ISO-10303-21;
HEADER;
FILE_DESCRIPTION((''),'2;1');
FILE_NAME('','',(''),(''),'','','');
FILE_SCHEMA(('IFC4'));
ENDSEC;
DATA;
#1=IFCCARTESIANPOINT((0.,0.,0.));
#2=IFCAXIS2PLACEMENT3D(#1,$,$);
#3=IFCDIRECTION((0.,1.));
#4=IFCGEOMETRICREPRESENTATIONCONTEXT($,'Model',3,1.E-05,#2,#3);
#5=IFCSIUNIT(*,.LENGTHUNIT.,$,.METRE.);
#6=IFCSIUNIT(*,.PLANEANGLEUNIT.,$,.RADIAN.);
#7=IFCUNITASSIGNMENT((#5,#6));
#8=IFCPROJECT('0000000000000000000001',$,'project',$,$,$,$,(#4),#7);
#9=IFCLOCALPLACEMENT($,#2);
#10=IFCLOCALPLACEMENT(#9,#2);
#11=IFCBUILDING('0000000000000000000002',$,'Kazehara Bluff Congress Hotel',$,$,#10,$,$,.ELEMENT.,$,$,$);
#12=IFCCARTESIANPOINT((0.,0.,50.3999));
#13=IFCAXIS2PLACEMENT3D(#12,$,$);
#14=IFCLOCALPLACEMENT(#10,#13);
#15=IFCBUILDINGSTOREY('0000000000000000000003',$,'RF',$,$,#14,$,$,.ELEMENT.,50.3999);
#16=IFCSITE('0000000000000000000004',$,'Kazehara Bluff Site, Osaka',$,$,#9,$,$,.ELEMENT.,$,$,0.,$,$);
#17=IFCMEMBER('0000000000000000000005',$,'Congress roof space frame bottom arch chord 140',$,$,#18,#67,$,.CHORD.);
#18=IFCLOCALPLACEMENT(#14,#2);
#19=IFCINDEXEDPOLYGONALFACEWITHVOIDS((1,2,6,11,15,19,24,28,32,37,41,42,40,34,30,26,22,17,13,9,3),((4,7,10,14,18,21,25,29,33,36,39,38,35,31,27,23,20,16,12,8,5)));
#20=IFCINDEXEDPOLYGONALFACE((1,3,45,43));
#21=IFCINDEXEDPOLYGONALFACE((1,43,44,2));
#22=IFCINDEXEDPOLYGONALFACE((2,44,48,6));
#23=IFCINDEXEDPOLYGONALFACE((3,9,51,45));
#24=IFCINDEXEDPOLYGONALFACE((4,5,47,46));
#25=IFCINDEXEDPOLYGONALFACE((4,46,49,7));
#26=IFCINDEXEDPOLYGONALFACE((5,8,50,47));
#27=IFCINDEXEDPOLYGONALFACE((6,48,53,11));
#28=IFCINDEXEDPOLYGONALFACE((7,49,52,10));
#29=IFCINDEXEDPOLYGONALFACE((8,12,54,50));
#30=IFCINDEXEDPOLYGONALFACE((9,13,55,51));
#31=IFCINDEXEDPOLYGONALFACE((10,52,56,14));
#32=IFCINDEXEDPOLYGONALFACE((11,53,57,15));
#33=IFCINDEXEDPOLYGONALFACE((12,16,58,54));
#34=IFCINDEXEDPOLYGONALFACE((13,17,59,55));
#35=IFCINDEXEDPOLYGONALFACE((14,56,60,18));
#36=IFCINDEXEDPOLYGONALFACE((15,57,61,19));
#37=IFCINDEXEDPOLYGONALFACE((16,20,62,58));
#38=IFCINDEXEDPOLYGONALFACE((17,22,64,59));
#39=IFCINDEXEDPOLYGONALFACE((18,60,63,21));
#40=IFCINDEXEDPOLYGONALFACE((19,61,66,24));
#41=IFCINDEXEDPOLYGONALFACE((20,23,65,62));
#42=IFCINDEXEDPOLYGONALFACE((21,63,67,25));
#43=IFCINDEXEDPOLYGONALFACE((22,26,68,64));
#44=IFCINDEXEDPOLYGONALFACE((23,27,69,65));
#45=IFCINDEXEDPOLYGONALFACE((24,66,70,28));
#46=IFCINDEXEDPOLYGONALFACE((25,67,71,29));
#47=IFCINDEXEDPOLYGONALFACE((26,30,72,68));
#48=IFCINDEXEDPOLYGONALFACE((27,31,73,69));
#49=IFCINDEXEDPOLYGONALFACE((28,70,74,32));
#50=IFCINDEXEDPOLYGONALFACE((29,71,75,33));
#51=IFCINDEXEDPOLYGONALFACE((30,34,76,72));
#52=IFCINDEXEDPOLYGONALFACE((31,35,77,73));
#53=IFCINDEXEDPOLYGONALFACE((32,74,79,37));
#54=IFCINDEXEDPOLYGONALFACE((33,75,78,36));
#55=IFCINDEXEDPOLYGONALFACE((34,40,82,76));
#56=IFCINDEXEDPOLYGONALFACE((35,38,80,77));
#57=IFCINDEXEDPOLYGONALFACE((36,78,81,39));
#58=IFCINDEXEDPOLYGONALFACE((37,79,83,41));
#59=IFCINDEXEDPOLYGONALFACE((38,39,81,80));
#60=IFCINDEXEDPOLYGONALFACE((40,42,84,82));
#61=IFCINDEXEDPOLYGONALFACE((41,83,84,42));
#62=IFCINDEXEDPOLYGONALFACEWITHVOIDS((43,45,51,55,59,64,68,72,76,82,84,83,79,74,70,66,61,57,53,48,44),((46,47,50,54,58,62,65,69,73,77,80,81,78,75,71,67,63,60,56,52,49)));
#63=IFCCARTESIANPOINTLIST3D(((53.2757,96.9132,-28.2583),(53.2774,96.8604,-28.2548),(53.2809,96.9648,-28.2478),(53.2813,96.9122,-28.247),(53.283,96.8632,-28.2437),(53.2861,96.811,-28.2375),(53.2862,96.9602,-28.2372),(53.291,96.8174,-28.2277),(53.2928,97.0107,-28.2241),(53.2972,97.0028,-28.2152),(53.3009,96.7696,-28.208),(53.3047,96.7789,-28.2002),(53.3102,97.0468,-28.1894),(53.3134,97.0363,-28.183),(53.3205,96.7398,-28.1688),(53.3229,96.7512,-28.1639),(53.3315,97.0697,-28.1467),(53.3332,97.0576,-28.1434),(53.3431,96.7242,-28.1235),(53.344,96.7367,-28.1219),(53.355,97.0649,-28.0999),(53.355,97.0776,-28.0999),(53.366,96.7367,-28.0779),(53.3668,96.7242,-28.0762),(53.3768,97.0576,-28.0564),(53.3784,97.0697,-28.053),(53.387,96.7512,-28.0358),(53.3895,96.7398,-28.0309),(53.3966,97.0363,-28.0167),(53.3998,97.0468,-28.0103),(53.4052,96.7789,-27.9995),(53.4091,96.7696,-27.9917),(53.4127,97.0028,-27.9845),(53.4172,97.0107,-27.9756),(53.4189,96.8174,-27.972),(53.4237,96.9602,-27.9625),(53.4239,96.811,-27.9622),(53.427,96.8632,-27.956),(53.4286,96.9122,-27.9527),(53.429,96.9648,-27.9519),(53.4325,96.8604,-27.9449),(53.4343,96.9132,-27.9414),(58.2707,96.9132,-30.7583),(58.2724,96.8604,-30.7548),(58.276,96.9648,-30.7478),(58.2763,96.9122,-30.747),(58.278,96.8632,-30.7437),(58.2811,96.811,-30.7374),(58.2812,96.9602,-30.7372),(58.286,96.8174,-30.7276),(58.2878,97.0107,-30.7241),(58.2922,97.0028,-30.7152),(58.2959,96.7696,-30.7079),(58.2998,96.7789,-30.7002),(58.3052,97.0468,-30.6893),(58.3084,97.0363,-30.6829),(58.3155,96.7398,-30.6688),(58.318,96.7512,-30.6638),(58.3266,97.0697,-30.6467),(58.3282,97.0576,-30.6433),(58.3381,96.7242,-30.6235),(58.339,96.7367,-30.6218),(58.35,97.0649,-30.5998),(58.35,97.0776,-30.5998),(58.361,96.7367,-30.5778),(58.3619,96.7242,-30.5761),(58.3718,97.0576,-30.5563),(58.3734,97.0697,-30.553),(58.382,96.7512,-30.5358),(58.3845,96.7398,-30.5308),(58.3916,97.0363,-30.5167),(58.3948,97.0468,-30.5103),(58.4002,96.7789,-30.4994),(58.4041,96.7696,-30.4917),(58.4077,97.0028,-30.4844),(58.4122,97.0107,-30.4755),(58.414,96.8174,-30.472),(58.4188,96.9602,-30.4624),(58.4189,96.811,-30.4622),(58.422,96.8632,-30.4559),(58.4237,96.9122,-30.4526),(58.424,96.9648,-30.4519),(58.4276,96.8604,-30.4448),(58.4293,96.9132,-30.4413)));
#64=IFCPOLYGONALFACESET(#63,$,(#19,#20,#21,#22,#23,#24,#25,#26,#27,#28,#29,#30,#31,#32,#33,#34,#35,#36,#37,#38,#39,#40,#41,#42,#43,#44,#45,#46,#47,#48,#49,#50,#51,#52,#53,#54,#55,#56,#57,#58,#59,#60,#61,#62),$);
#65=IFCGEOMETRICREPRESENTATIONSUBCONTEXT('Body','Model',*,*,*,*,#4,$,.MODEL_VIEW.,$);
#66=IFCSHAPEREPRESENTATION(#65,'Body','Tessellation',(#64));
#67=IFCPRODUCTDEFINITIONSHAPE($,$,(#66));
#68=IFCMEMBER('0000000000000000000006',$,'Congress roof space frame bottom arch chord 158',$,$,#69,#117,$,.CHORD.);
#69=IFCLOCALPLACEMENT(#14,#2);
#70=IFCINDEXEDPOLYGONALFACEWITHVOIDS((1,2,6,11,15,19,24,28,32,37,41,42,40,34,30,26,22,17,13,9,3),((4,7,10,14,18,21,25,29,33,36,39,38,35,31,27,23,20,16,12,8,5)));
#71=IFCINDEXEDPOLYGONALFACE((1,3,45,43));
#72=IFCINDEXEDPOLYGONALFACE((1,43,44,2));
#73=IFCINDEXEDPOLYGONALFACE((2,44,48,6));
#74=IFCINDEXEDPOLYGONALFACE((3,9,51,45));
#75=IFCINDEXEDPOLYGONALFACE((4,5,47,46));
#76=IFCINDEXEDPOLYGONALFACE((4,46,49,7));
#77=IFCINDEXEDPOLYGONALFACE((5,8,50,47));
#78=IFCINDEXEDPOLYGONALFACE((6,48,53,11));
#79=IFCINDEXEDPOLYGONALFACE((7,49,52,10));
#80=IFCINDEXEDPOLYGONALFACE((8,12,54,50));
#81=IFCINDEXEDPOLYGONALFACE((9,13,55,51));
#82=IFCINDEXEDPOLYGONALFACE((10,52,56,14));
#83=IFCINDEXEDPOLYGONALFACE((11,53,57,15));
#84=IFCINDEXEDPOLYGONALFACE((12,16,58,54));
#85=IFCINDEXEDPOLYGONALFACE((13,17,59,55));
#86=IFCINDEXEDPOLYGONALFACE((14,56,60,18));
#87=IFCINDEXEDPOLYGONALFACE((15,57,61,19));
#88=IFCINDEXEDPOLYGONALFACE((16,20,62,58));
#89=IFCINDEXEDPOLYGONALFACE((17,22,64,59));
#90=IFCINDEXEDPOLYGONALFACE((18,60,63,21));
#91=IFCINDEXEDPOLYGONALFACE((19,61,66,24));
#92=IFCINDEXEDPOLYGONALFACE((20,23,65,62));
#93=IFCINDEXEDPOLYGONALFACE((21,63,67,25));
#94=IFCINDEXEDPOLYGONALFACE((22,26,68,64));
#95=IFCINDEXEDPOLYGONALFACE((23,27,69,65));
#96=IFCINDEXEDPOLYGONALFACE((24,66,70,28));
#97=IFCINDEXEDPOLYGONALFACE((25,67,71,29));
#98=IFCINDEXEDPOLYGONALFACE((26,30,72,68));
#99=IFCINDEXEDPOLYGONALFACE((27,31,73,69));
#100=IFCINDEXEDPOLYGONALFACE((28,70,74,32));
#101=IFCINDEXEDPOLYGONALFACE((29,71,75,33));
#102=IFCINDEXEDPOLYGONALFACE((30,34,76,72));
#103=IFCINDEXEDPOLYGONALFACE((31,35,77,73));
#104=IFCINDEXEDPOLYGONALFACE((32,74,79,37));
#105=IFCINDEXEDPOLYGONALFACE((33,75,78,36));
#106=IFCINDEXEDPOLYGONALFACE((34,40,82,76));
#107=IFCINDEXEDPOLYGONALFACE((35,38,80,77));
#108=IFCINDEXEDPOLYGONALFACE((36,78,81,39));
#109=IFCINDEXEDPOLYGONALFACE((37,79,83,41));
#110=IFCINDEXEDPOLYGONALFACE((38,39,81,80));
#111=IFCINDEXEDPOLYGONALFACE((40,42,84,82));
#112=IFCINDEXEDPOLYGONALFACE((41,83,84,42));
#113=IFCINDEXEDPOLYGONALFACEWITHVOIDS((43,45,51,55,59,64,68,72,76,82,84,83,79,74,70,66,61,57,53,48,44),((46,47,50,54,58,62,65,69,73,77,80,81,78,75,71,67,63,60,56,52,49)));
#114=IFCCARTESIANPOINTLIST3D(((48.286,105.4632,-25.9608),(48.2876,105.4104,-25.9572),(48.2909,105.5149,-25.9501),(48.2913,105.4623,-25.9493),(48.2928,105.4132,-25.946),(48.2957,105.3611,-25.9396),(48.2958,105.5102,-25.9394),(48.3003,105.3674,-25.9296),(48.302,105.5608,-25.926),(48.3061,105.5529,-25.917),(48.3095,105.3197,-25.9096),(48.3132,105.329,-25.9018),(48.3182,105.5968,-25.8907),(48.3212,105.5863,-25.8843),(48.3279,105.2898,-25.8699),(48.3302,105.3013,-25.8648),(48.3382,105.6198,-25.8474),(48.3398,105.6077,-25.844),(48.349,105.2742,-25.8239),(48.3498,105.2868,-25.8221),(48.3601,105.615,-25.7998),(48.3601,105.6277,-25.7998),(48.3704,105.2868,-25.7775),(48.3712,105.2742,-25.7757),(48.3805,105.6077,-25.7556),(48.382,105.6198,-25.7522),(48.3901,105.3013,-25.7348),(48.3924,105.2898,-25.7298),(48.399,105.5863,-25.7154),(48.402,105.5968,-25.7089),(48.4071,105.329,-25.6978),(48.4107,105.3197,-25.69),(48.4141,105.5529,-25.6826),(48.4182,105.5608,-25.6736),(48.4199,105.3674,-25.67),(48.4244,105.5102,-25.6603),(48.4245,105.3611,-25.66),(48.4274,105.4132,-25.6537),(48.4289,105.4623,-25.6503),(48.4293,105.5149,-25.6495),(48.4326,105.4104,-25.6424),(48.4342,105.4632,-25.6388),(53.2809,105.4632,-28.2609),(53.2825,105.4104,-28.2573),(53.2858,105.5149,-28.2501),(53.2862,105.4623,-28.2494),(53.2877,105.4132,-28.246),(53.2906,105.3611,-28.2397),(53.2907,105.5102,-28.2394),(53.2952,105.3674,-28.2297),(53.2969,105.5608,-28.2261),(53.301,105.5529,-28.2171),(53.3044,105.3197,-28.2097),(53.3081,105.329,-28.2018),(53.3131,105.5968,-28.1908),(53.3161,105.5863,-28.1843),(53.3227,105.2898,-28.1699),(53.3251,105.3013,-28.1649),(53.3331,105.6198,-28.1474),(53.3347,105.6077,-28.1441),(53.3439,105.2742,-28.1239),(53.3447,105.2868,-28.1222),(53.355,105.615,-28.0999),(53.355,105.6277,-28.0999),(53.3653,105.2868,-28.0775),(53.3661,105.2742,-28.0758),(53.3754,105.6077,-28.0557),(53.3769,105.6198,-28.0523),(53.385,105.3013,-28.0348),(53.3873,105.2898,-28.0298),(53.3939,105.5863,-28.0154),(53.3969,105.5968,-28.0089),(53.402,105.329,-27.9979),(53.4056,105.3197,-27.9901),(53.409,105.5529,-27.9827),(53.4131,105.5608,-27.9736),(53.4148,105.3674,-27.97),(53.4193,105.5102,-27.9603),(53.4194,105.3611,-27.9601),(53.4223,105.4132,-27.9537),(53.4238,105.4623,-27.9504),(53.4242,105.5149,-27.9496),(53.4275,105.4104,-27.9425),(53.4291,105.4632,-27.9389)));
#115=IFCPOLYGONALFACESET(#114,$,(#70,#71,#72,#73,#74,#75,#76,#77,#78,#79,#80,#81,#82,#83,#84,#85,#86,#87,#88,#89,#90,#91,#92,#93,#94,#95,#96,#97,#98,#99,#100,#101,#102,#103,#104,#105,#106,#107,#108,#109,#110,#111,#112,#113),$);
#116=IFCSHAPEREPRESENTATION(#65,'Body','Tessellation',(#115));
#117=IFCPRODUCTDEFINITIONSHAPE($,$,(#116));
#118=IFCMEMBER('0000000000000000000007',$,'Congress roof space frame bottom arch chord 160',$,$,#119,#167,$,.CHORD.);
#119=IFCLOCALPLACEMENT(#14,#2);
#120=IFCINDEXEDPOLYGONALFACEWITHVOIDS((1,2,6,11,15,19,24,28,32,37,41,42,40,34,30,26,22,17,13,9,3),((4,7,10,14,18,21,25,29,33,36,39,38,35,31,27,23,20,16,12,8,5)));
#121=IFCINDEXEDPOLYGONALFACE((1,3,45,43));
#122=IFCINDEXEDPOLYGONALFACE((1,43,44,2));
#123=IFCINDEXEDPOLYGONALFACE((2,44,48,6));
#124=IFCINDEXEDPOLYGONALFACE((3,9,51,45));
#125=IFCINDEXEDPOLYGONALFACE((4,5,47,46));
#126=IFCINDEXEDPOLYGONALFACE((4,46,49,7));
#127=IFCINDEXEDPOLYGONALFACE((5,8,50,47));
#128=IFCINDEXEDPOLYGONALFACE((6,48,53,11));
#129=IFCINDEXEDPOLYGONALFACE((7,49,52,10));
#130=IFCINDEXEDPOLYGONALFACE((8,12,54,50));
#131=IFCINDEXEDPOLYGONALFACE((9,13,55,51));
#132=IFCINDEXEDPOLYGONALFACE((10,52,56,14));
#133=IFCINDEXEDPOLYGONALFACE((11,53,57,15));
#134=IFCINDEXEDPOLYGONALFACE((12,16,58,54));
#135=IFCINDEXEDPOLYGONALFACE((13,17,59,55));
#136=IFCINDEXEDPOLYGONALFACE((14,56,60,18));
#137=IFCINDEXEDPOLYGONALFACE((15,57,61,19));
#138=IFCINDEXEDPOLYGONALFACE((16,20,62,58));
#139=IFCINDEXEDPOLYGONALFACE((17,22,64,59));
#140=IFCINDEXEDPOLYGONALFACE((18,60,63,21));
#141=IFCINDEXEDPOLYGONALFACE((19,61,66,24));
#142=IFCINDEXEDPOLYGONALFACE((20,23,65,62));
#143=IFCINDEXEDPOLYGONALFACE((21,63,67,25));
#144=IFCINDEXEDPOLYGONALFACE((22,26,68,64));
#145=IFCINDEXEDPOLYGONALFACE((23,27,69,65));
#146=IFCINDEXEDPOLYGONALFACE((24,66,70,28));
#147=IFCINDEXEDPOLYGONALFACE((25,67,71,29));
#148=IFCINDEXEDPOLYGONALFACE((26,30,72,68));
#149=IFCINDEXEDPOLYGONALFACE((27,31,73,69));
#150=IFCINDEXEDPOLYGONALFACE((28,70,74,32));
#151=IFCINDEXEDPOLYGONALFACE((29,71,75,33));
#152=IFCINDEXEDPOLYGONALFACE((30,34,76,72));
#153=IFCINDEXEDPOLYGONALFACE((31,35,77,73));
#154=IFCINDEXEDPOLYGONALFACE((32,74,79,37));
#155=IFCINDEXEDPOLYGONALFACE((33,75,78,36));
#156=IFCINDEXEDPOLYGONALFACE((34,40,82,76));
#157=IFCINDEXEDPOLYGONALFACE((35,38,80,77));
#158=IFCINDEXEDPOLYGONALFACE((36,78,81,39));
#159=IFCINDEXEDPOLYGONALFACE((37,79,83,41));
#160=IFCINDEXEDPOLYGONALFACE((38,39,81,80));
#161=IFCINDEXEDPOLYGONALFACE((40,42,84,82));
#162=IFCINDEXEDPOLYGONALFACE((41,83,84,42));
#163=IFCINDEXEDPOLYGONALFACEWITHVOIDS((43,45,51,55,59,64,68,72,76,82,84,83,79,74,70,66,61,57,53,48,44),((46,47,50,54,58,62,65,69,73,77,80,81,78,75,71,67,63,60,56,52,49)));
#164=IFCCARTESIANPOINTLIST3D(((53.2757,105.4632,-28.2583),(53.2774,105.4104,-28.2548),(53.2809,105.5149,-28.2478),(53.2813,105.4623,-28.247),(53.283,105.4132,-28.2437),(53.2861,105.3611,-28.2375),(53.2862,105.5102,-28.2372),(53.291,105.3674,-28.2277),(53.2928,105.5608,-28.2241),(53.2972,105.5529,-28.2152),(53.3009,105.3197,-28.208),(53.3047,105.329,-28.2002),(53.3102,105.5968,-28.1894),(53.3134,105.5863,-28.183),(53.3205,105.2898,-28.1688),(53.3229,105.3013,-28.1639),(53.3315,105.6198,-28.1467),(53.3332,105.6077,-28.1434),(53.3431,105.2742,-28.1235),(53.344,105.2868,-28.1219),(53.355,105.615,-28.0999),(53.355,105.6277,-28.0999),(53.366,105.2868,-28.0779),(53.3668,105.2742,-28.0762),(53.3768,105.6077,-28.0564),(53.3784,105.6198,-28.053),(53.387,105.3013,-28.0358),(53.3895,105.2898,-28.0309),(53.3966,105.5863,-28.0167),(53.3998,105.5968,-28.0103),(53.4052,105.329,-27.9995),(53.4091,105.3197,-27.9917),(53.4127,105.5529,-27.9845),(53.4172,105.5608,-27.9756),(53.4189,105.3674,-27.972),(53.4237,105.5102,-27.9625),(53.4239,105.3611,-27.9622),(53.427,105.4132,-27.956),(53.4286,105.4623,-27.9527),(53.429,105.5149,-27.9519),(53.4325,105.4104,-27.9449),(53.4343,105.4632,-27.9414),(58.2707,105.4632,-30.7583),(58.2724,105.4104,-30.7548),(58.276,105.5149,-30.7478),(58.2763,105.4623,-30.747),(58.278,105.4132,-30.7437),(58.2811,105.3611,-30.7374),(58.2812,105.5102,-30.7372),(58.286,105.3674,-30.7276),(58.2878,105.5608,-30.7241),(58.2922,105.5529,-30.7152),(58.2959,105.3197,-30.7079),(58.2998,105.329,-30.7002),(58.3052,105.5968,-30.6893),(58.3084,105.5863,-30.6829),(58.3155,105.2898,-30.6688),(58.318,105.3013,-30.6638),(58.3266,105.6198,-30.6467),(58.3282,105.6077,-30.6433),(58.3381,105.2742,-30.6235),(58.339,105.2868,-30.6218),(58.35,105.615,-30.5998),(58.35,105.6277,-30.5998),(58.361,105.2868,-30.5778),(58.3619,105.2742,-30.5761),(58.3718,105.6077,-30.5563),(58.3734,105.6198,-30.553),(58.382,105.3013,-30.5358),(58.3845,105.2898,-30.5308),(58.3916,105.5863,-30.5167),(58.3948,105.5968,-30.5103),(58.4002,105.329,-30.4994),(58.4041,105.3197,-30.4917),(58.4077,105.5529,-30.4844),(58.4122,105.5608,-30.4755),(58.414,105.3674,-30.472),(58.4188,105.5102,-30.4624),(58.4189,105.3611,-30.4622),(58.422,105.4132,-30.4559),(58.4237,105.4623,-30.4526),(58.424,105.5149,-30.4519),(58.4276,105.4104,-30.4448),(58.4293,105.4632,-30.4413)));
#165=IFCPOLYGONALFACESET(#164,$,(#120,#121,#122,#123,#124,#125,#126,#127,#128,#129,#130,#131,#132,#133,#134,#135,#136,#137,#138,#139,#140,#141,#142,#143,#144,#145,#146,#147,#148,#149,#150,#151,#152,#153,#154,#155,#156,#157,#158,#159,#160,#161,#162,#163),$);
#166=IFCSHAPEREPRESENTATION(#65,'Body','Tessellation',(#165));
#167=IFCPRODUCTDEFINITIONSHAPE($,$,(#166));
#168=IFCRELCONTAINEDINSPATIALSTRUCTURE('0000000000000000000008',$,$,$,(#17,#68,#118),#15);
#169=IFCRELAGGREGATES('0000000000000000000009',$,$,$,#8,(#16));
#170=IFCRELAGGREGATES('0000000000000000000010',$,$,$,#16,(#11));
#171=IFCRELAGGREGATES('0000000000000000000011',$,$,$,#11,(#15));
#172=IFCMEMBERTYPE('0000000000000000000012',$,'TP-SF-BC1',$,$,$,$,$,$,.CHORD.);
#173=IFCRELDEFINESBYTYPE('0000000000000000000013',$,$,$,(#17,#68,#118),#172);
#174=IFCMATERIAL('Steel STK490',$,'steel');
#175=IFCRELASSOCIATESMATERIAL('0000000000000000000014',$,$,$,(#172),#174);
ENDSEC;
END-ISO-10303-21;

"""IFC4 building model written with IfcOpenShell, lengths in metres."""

from ifc_helpers import new_model, si_unit, direction, frame, origin, origin_2d, place, context, subcontext, project, spatial, hollow_circle, extrude, material, material_profile, profile_set, type_object, element, save


model = new_model("IFC4")

# Units and contexts
model_context = context("Model", 3, precision=1e-05, world=origin(), true_north=direction((0.0, 1.0)))
body_context = subcontext(model_context, "Body", "Model", "MODEL_VIEW")
ifc_project = project(units=[si_unit("LENGTHUNIT", "METRE"), si_unit("PLANEANGLEUNIT", "RADIAN")], contexts=[model_context])

# Site, building, storey
site_placement = place(None, origin())
site = spatial("IfcSite", under=ifc_project, at=site_placement, Name="Kazehara Bluff Site, Osaka", CompositionType="ELEMENT", RefElevation=0.0)
building_placement = place(site_placement, origin())
building = spatial("IfcBuilding", under=site, at=building_placement, Name="Kazehara Bluff Congress Hotel", CompositionType="ELEMENT")
storey_placement = place(building_placement, frame((0.0, 0.0, 50.3999)))
storey = spatial("IfcBuildingStorey", under=building, at=storey_placement, Name="RF", CompositionType="ELEMENT", Elevation=50.3999)

# Members
ifc_material_1 = material(Name="Steel STK490", Category="steel")
ifc_material_profile_1 = material_profile(ifc_material_1, hollow_circle(Radius=0.1777, WallThickness=0.0127, at=origin_2d()))
ifc_profile_set_1 = profile_set([ifc_material_profile_1], Name="Steel STK490")
member_type_1 = type_object("IfcMemberType", Name="TP-SF-BC1", PredefinedType="CHORD", material=ifc_profile_set_1)
member_1_placement = place(storey_placement, frame((53.355, 96.8999, -28.0999), z_axis=(0.894252, 0.0, -0.447563), x_axis=(0.0, 1.0, 0.0)))
element("IfcMember", 1, at=member_1_placement, inside=storey, type_object=member_type_1, Name="Congress roof space frame bottom arch chord 140", PredefinedType="CHORD", context=body_context, shape_type="SweptSolid", body=[
    extrude(hollow_circle(Radius=0.1777, WallThickness=0.0127, at=origin_2d()), origin(), (0.0, 0.0, 1.0), 5.5857),
])
member_2_placement = place(storey_placement, frame((48.3601, 105.45, -25.7998), z_axis=(0.908324, 0.0, -0.418267), x_axis=(0.0, 1.0, 0.0)))
element("IfcMember", 2, at=member_2_placement, inside=storey, type_object=member_type_1, Name="Congress roof space frame bottom arch chord 158", PredefinedType="CHORD", context=body_context, shape_type="SweptSolid", body=[
    extrude(hollow_circle(Radius=0.1777, WallThickness=0.0127, at=origin_2d()), origin(), (0.0, 0.0, 1.0), 5.499),
])
member_3_placement = place(storey_placement, frame((53.355, 105.45, -28.0999), z_axis=(0.894252, 0.0, -0.447563), x_axis=(0.0, 1.0, 0.0)))
element("IfcMember", 3, at=member_3_placement, inside=storey, type_object=member_type_1, Name="Congress roof space frame bottom arch chord 160", PredefinedType="CHORD", context=body_context, shape_type="SweptSolid", body=[
    extrude(hollow_circle(Radius=0.1777, WallThickness=0.0127, at=origin_2d()), origin(), (0.0, 0.0, 1.0), 5.5857),
])

save(model, "model.ifc")
